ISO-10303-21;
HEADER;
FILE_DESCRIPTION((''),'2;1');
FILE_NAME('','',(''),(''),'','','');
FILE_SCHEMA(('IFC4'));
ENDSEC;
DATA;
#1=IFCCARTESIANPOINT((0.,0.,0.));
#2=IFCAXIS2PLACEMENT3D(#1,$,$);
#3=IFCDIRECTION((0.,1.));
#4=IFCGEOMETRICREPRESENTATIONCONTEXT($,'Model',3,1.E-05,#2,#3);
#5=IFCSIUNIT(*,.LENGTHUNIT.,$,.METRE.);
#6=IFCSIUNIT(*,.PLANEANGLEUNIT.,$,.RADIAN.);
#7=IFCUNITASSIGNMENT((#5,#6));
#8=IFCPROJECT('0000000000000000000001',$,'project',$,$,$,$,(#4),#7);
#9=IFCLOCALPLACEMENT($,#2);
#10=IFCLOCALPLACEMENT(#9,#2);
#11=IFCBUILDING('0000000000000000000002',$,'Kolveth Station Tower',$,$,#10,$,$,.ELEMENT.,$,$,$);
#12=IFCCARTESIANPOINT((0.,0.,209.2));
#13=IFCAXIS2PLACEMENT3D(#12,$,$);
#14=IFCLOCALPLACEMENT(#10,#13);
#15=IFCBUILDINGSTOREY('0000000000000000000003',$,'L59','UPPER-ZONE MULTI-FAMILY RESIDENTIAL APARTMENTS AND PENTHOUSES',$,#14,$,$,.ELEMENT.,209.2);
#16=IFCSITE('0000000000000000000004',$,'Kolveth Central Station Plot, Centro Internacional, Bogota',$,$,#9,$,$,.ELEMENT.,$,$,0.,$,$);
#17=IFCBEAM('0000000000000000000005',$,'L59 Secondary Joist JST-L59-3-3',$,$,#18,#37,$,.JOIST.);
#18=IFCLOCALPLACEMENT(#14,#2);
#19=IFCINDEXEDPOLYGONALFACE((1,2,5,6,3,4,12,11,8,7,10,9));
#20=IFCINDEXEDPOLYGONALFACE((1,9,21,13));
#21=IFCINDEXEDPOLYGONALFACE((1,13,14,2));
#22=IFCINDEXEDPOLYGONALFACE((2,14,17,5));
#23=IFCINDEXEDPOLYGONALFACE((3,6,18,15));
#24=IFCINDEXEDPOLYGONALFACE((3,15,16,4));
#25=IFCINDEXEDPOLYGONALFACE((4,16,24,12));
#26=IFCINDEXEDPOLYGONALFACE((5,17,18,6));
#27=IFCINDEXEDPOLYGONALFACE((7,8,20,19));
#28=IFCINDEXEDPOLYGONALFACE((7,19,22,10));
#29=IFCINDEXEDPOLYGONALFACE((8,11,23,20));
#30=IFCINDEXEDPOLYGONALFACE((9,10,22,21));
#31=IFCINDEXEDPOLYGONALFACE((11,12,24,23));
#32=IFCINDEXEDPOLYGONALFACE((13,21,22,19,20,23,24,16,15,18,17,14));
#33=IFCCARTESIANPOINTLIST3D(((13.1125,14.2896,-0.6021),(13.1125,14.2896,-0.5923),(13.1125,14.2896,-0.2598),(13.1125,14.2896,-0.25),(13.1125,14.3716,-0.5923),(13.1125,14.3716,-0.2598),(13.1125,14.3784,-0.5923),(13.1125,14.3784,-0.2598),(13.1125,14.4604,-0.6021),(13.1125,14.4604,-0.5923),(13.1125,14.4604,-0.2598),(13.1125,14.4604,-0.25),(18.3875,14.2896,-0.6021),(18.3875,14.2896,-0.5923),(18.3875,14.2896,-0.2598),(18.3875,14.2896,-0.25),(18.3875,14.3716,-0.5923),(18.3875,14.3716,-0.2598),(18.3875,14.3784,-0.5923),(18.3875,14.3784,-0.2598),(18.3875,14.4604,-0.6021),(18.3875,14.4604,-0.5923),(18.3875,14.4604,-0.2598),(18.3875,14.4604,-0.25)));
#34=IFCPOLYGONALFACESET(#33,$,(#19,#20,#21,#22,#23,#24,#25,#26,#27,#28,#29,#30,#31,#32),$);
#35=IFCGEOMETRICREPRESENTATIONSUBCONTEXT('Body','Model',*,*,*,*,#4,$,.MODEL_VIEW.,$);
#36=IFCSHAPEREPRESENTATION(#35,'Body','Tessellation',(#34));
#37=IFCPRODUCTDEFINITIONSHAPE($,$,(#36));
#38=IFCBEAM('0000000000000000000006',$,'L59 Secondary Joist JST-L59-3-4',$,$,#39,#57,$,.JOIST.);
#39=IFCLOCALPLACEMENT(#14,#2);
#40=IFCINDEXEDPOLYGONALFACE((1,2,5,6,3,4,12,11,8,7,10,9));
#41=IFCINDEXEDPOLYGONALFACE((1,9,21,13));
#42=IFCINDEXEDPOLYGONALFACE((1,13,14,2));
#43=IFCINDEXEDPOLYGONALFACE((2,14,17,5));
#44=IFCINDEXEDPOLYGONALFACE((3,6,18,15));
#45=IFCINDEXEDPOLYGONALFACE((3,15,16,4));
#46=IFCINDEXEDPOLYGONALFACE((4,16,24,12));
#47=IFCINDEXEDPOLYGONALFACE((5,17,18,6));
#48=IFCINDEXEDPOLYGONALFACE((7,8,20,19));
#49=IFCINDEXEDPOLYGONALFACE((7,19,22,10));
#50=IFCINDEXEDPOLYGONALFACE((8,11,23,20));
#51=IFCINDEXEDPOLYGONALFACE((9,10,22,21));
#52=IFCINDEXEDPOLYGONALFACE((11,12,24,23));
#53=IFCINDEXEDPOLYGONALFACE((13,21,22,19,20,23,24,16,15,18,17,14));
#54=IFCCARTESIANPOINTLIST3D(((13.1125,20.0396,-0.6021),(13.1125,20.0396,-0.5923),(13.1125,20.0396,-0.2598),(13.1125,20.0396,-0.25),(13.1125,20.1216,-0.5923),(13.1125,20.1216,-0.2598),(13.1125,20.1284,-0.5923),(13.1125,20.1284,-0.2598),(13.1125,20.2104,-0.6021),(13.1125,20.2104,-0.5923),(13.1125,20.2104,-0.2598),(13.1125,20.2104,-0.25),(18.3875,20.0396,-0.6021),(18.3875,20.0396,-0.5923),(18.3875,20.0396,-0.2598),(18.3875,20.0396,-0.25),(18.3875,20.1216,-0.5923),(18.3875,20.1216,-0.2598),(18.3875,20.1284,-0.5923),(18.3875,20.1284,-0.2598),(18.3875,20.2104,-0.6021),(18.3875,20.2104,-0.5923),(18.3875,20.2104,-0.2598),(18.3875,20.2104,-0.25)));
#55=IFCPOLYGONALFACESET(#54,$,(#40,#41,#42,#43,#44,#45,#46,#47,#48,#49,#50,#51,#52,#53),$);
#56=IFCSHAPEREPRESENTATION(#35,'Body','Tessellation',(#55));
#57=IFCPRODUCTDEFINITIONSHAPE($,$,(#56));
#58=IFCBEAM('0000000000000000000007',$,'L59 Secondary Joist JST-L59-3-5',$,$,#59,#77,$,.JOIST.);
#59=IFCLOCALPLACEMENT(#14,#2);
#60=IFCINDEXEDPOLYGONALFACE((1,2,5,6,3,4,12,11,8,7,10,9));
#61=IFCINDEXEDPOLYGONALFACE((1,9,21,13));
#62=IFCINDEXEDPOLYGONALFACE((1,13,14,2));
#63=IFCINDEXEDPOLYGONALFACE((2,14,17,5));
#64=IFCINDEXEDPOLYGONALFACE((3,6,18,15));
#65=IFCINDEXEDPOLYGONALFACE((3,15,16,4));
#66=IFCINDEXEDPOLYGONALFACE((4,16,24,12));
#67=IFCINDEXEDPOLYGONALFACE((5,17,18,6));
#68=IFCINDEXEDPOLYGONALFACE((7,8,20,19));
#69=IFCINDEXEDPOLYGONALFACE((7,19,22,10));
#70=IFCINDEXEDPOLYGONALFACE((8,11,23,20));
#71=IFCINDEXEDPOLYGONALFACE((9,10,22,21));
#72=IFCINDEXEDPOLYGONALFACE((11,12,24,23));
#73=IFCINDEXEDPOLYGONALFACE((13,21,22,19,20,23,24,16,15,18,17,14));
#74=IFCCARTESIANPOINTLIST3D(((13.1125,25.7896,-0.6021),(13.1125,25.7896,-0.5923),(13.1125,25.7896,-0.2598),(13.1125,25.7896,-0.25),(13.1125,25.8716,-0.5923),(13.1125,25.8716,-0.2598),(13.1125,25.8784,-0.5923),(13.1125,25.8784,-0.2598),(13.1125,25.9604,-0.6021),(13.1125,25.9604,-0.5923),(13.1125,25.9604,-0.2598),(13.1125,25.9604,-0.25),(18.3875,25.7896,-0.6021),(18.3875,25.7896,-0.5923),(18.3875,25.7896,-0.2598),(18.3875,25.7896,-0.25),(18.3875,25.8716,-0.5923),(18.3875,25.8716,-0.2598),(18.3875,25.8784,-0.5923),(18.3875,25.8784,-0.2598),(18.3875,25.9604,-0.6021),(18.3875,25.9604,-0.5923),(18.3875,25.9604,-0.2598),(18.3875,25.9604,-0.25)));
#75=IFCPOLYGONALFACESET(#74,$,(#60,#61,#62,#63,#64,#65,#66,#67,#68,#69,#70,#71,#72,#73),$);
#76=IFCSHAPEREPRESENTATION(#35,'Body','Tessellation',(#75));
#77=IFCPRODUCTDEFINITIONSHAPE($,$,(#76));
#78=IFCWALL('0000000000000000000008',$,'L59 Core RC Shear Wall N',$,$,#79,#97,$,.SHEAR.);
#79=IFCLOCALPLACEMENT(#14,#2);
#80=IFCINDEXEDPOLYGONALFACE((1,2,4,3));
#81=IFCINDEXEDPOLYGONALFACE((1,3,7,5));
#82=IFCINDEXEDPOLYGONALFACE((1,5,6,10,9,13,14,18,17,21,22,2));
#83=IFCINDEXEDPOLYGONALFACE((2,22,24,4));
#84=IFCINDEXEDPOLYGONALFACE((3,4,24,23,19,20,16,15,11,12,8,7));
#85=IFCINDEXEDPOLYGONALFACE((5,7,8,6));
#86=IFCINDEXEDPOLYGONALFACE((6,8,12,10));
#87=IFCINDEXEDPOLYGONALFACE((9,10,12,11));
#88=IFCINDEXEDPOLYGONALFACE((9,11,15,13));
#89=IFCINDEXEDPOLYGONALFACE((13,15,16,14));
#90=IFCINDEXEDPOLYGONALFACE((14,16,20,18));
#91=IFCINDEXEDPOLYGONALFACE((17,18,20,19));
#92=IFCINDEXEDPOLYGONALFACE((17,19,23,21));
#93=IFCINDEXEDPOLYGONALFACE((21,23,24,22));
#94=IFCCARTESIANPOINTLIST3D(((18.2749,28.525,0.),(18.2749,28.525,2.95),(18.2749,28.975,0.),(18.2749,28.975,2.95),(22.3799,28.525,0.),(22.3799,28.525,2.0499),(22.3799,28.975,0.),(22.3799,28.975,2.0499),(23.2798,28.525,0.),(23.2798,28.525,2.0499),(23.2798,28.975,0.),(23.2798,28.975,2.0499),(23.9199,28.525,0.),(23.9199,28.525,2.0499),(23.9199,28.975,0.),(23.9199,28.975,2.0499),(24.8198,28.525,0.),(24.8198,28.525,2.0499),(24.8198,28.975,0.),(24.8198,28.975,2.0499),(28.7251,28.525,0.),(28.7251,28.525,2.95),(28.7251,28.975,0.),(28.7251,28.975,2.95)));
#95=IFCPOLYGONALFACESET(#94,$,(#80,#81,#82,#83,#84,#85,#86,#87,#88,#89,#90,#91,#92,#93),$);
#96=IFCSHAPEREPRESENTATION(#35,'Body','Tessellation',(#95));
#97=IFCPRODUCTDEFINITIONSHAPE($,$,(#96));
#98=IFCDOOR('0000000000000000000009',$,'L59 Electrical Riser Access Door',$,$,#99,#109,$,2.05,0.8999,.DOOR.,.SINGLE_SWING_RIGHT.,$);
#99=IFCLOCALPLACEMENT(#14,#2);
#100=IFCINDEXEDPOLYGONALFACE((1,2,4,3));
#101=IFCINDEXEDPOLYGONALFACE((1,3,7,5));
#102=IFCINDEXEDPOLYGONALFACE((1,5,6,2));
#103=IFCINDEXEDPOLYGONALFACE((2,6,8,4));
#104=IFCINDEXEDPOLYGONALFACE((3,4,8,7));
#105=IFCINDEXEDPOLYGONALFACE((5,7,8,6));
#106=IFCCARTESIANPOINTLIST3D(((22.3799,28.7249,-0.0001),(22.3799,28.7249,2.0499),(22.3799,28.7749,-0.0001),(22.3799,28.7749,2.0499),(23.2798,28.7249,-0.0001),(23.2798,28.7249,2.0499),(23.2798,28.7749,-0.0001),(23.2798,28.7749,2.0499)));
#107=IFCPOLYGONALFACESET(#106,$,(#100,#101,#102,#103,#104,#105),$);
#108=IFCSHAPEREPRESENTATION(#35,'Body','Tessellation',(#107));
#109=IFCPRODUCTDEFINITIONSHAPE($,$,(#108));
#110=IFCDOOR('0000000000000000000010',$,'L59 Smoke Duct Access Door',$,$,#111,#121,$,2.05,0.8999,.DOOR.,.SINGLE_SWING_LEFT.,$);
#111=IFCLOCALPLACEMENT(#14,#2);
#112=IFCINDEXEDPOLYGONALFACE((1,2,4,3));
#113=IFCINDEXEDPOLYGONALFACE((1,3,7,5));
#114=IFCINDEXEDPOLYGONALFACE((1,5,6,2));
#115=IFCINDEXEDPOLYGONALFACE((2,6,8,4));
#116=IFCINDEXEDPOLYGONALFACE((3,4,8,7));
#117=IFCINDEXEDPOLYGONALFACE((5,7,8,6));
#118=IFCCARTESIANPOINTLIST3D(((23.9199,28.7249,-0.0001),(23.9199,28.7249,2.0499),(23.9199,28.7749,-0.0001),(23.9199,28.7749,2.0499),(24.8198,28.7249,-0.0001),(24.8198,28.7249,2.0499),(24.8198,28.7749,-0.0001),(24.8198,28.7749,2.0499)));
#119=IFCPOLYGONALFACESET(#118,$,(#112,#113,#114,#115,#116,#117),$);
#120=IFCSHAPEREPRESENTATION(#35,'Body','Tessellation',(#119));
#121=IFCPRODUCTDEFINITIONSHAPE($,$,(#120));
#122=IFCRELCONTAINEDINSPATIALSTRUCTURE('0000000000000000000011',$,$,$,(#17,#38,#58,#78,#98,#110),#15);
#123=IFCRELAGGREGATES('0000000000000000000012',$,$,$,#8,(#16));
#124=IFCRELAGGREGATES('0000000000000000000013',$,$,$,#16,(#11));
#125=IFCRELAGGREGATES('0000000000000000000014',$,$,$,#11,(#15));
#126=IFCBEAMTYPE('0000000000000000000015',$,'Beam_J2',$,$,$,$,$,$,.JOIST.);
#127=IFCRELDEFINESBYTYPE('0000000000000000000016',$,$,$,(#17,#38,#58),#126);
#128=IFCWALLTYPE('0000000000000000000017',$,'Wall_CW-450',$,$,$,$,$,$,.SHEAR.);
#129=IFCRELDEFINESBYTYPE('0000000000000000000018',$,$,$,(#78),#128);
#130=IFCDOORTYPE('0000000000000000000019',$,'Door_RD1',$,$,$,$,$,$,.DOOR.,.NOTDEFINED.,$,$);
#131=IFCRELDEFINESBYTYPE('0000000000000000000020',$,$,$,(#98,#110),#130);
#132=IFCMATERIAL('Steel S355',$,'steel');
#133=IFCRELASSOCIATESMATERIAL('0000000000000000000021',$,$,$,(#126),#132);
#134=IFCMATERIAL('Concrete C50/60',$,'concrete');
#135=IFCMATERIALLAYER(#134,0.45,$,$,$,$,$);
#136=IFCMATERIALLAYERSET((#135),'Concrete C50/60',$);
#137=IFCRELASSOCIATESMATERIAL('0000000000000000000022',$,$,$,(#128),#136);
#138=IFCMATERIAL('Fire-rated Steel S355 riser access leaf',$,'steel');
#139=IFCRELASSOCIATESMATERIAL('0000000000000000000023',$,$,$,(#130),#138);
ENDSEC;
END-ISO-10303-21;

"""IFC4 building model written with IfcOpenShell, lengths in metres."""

from ifc_helpers import new_model, si_unit, direction, frame, frame_2d, origin, origin_2d, place, context, subcontext, project, spatial, rectangle, i_section, extrude, source, transform, mapped, material, layer, layer_set, material_profile, profile_set, type_object, element, fill, save


model = new_model("IFC4")

# Units and contexts
model_context = context("Model", 3, precision=1e-05, world=origin(), true_north=direction((0.0, 1.0)))
body_context = subcontext(model_context, "Body", "Model", "MODEL_VIEW")
ifc_project = project(units=[si_unit("LENGTHUNIT", "METRE"), si_unit("PLANEANGLEUNIT", "RADIAN")], contexts=[model_context])

# Site, building, storey
site_placement = place(None, origin())
site = spatial("IfcSite", under=ifc_project, at=site_placement, Name="Kolveth Central Station Plot, Centro Internacional, Bogota", CompositionType="ELEMENT", RefElevation=0.0)
building_placement = place(site_placement, origin())
building = spatial("IfcBuilding", under=site, at=building_placement, Name="Kolveth Station Tower", CompositionType="ELEMENT")
storey_placement = place(building_placement, frame((0.0, 0.0, 209.2)))
storey = spatial("IfcBuildingStorey", under=building, at=storey_placement, Name="L59", Description="UPPER-ZONE MULTI-FAMILY RESIDENTIAL APARTMENTS AND PENTHOUSES", CompositionType="ELEMENT", Elevation=209.2)

# Shared definitions
ifc_material_1 = material(Name="Steel S355", Category="steel")

# Beams
ifc_material_profile_1 = material_profile(ifc_material_1, i_section(OverallWidth=0.1709, OverallDepth=0.3521, WebThickness=0.0068, FlangeThickness=0.0098, at=origin_2d()), Name="W360x44")
ifc_profile_set_1 = profile_set([ifc_material_profile_1], Name="Steel S355")
beam_type_1 = type_object("IfcBeamType", Name="Beam_J2", PredefinedType="JOIST", material=ifc_profile_set_1)
shared_shape_1 = source(origin(), body_context, "Body", "SweptSolid", [
    extrude(i_section(OverallWidth=0.1709, OverallDepth=0.3521, WebThickness=0.0068, FlangeThickness=0.0098, at=origin_2d()), origin(), (0.0, 0.0, 1.0), 5.2749),
])
for number, where, z_axis, x_axis, name in (
    (1, (13.1125, 14.375, -0.426), (1.0, 0.0, 0.0), (0.0, 1.0, 0.0), "L59 Secondary Joist JST-L59-3-3"),
    (2, (13.1125, 20.125, -0.426), (1.0, 0.0, 0.0), (0.0, 1.0, 0.0), "L59 Secondary Joist JST-L59-3-4"),
    (3, (13.1125, 25.875, -0.426), (1.0, 0.0, 0.0), (0.0, 1.0, 0.0), "L59 Secondary Joist JST-L59-3-5"),
):
    element("IfcBeam", number, at=place(storey_placement, frame(where, z_axis=z_axis, x_axis=x_axis)), inside=storey, type_object=beam_type_1, Name=name, PredefinedType="JOIST", context=body_context, shape_type="MappedRepresentation", body=[
        mapped(shared_shape_1, transform((0.0, 0.0, 0.0), x_axis=(1.0, 0.0, 0.0), y_axis=(0.0, 1.0, 0.0), z_axis=(0.0, 0.0, 1.0), scale=1.0)),
    ])

# Wall, openings, doors
ifc_material_2 = material(Name="Concrete C50/60", Category="concrete")
ifc_layer = layer(ifc_material_2, 0.45)
ifc_layer_set = layer_set([ifc_layer], Name="Concrete C50/60")
wall_type = type_object("IfcWallType", Name="Wall_CW-450", PredefinedType="SHEAR", material=ifc_layer_set)
wall_placement = place(storey_placement, frame((18.2749, 28.75, 0.0), z_axis=(0.0, 0.0, 1.0), x_axis=(1.0, 0.0, 0.0)))
wall = element("IfcWall", 4, at=wall_placement, inside=storey, type_object=wall_type, Name="L59 Core RC Shear Wall N", PredefinedType="SHEAR", context=body_context, shape_type="SweptSolid", body=[
    extrude(rectangle(XDim=10.4502, YDim=0.45, at=frame_2d((5.2251, 0.0))), origin(), (0.0, 0.0, 1.0), 2.95),
])
opening_1_placement = place(wall_placement, frame((4.105, 0.0, 0.0)))
opening_1 = element("IfcOpeningElement", 5, at=opening_1_placement, cuts=wall, PredefinedType="OPENING", context=body_context, shape_type="SweptSolid", body=[
    extrude(rectangle(XDim=0.8999, YDim=2.05, at=frame_2d((0.45, 1.0249))), frame((0.0, 0.2349, 0.0), z_axis=(0.0, -1.0, 0.0), x_axis=(1.0, 0.0, 0.0)), (0.0, 0.0, 1.0), 0.47),
])
opening_2_placement = place(wall_placement, frame((5.645, 0.0, 0.0)))
opening_2 = element("IfcOpeningElement", 6, at=opening_2_placement, cuts=wall, PredefinedType="OPENING", context=body_context, shape_type="SweptSolid", body=[
    extrude(rectangle(XDim=0.8999, YDim=2.05, at=frame_2d((0.45, 1.0249))), frame((0.0, 0.2349, 0.0), z_axis=(0.0, -1.0, 0.0), x_axis=(1.0, 0.0, 0.0)), (0.0, 0.0, 1.0), 0.47),
])
ifc_material_3 = material(Name="Fire-rated Steel S355 riser access leaf", Category="steel")
door_type = type_object("IfcDoorType", Name="Door_RD1", OperationType="NOTDEFINED", PredefinedType="DOOR", material=ifc_material_3)
door_1_placement = place(opening_1_placement, origin())
door_1 = element("IfcDoor", 7, at=door_1_placement, inside=storey, type_object=door_type, Name="L59 Electrical Riser Access Door", OperationType="SINGLE_SWING_RIGHT", OverallHeight=2.05, OverallWidth=0.8999, PredefinedType="DOOR", context=body_context, shape_type="SweptSolid", body=[
    extrude(rectangle(XDim=0.8999, YDim=2.05, at=frame_2d((0.45, 1.0249))), frame((0.0, 0.0249, 0.0), z_axis=(0.0, -1.0, 0.0), x_axis=(1.0, 0.0, 0.0)), (0.0, 0.0, 1.0), 0.05),
])
fill(opening_1, door_1)
door_2_placement = place(opening_2_placement, origin())
door_2 = element("IfcDoor", 8, at=door_2_placement, inside=storey, type_object=door_type, Name="L59 Smoke Duct Access Door", OperationType="SINGLE_SWING_LEFT", OverallHeight=2.05, OverallWidth=0.8999, PredefinedType="DOOR", context=body_context, shape_type="SweptSolid", body=[
    extrude(rectangle(XDim=0.8999, YDim=2.05, at=frame_2d((0.45, 1.0249))), frame((0.0, 0.0249, 0.0), z_axis=(0.0, -1.0, 0.0), x_axis=(1.0, 0.0, 0.0)), (0.0, 0.0, 1.0), 0.05),
])
fill(opening_2, door_2)

save(model, "model.ifc")
